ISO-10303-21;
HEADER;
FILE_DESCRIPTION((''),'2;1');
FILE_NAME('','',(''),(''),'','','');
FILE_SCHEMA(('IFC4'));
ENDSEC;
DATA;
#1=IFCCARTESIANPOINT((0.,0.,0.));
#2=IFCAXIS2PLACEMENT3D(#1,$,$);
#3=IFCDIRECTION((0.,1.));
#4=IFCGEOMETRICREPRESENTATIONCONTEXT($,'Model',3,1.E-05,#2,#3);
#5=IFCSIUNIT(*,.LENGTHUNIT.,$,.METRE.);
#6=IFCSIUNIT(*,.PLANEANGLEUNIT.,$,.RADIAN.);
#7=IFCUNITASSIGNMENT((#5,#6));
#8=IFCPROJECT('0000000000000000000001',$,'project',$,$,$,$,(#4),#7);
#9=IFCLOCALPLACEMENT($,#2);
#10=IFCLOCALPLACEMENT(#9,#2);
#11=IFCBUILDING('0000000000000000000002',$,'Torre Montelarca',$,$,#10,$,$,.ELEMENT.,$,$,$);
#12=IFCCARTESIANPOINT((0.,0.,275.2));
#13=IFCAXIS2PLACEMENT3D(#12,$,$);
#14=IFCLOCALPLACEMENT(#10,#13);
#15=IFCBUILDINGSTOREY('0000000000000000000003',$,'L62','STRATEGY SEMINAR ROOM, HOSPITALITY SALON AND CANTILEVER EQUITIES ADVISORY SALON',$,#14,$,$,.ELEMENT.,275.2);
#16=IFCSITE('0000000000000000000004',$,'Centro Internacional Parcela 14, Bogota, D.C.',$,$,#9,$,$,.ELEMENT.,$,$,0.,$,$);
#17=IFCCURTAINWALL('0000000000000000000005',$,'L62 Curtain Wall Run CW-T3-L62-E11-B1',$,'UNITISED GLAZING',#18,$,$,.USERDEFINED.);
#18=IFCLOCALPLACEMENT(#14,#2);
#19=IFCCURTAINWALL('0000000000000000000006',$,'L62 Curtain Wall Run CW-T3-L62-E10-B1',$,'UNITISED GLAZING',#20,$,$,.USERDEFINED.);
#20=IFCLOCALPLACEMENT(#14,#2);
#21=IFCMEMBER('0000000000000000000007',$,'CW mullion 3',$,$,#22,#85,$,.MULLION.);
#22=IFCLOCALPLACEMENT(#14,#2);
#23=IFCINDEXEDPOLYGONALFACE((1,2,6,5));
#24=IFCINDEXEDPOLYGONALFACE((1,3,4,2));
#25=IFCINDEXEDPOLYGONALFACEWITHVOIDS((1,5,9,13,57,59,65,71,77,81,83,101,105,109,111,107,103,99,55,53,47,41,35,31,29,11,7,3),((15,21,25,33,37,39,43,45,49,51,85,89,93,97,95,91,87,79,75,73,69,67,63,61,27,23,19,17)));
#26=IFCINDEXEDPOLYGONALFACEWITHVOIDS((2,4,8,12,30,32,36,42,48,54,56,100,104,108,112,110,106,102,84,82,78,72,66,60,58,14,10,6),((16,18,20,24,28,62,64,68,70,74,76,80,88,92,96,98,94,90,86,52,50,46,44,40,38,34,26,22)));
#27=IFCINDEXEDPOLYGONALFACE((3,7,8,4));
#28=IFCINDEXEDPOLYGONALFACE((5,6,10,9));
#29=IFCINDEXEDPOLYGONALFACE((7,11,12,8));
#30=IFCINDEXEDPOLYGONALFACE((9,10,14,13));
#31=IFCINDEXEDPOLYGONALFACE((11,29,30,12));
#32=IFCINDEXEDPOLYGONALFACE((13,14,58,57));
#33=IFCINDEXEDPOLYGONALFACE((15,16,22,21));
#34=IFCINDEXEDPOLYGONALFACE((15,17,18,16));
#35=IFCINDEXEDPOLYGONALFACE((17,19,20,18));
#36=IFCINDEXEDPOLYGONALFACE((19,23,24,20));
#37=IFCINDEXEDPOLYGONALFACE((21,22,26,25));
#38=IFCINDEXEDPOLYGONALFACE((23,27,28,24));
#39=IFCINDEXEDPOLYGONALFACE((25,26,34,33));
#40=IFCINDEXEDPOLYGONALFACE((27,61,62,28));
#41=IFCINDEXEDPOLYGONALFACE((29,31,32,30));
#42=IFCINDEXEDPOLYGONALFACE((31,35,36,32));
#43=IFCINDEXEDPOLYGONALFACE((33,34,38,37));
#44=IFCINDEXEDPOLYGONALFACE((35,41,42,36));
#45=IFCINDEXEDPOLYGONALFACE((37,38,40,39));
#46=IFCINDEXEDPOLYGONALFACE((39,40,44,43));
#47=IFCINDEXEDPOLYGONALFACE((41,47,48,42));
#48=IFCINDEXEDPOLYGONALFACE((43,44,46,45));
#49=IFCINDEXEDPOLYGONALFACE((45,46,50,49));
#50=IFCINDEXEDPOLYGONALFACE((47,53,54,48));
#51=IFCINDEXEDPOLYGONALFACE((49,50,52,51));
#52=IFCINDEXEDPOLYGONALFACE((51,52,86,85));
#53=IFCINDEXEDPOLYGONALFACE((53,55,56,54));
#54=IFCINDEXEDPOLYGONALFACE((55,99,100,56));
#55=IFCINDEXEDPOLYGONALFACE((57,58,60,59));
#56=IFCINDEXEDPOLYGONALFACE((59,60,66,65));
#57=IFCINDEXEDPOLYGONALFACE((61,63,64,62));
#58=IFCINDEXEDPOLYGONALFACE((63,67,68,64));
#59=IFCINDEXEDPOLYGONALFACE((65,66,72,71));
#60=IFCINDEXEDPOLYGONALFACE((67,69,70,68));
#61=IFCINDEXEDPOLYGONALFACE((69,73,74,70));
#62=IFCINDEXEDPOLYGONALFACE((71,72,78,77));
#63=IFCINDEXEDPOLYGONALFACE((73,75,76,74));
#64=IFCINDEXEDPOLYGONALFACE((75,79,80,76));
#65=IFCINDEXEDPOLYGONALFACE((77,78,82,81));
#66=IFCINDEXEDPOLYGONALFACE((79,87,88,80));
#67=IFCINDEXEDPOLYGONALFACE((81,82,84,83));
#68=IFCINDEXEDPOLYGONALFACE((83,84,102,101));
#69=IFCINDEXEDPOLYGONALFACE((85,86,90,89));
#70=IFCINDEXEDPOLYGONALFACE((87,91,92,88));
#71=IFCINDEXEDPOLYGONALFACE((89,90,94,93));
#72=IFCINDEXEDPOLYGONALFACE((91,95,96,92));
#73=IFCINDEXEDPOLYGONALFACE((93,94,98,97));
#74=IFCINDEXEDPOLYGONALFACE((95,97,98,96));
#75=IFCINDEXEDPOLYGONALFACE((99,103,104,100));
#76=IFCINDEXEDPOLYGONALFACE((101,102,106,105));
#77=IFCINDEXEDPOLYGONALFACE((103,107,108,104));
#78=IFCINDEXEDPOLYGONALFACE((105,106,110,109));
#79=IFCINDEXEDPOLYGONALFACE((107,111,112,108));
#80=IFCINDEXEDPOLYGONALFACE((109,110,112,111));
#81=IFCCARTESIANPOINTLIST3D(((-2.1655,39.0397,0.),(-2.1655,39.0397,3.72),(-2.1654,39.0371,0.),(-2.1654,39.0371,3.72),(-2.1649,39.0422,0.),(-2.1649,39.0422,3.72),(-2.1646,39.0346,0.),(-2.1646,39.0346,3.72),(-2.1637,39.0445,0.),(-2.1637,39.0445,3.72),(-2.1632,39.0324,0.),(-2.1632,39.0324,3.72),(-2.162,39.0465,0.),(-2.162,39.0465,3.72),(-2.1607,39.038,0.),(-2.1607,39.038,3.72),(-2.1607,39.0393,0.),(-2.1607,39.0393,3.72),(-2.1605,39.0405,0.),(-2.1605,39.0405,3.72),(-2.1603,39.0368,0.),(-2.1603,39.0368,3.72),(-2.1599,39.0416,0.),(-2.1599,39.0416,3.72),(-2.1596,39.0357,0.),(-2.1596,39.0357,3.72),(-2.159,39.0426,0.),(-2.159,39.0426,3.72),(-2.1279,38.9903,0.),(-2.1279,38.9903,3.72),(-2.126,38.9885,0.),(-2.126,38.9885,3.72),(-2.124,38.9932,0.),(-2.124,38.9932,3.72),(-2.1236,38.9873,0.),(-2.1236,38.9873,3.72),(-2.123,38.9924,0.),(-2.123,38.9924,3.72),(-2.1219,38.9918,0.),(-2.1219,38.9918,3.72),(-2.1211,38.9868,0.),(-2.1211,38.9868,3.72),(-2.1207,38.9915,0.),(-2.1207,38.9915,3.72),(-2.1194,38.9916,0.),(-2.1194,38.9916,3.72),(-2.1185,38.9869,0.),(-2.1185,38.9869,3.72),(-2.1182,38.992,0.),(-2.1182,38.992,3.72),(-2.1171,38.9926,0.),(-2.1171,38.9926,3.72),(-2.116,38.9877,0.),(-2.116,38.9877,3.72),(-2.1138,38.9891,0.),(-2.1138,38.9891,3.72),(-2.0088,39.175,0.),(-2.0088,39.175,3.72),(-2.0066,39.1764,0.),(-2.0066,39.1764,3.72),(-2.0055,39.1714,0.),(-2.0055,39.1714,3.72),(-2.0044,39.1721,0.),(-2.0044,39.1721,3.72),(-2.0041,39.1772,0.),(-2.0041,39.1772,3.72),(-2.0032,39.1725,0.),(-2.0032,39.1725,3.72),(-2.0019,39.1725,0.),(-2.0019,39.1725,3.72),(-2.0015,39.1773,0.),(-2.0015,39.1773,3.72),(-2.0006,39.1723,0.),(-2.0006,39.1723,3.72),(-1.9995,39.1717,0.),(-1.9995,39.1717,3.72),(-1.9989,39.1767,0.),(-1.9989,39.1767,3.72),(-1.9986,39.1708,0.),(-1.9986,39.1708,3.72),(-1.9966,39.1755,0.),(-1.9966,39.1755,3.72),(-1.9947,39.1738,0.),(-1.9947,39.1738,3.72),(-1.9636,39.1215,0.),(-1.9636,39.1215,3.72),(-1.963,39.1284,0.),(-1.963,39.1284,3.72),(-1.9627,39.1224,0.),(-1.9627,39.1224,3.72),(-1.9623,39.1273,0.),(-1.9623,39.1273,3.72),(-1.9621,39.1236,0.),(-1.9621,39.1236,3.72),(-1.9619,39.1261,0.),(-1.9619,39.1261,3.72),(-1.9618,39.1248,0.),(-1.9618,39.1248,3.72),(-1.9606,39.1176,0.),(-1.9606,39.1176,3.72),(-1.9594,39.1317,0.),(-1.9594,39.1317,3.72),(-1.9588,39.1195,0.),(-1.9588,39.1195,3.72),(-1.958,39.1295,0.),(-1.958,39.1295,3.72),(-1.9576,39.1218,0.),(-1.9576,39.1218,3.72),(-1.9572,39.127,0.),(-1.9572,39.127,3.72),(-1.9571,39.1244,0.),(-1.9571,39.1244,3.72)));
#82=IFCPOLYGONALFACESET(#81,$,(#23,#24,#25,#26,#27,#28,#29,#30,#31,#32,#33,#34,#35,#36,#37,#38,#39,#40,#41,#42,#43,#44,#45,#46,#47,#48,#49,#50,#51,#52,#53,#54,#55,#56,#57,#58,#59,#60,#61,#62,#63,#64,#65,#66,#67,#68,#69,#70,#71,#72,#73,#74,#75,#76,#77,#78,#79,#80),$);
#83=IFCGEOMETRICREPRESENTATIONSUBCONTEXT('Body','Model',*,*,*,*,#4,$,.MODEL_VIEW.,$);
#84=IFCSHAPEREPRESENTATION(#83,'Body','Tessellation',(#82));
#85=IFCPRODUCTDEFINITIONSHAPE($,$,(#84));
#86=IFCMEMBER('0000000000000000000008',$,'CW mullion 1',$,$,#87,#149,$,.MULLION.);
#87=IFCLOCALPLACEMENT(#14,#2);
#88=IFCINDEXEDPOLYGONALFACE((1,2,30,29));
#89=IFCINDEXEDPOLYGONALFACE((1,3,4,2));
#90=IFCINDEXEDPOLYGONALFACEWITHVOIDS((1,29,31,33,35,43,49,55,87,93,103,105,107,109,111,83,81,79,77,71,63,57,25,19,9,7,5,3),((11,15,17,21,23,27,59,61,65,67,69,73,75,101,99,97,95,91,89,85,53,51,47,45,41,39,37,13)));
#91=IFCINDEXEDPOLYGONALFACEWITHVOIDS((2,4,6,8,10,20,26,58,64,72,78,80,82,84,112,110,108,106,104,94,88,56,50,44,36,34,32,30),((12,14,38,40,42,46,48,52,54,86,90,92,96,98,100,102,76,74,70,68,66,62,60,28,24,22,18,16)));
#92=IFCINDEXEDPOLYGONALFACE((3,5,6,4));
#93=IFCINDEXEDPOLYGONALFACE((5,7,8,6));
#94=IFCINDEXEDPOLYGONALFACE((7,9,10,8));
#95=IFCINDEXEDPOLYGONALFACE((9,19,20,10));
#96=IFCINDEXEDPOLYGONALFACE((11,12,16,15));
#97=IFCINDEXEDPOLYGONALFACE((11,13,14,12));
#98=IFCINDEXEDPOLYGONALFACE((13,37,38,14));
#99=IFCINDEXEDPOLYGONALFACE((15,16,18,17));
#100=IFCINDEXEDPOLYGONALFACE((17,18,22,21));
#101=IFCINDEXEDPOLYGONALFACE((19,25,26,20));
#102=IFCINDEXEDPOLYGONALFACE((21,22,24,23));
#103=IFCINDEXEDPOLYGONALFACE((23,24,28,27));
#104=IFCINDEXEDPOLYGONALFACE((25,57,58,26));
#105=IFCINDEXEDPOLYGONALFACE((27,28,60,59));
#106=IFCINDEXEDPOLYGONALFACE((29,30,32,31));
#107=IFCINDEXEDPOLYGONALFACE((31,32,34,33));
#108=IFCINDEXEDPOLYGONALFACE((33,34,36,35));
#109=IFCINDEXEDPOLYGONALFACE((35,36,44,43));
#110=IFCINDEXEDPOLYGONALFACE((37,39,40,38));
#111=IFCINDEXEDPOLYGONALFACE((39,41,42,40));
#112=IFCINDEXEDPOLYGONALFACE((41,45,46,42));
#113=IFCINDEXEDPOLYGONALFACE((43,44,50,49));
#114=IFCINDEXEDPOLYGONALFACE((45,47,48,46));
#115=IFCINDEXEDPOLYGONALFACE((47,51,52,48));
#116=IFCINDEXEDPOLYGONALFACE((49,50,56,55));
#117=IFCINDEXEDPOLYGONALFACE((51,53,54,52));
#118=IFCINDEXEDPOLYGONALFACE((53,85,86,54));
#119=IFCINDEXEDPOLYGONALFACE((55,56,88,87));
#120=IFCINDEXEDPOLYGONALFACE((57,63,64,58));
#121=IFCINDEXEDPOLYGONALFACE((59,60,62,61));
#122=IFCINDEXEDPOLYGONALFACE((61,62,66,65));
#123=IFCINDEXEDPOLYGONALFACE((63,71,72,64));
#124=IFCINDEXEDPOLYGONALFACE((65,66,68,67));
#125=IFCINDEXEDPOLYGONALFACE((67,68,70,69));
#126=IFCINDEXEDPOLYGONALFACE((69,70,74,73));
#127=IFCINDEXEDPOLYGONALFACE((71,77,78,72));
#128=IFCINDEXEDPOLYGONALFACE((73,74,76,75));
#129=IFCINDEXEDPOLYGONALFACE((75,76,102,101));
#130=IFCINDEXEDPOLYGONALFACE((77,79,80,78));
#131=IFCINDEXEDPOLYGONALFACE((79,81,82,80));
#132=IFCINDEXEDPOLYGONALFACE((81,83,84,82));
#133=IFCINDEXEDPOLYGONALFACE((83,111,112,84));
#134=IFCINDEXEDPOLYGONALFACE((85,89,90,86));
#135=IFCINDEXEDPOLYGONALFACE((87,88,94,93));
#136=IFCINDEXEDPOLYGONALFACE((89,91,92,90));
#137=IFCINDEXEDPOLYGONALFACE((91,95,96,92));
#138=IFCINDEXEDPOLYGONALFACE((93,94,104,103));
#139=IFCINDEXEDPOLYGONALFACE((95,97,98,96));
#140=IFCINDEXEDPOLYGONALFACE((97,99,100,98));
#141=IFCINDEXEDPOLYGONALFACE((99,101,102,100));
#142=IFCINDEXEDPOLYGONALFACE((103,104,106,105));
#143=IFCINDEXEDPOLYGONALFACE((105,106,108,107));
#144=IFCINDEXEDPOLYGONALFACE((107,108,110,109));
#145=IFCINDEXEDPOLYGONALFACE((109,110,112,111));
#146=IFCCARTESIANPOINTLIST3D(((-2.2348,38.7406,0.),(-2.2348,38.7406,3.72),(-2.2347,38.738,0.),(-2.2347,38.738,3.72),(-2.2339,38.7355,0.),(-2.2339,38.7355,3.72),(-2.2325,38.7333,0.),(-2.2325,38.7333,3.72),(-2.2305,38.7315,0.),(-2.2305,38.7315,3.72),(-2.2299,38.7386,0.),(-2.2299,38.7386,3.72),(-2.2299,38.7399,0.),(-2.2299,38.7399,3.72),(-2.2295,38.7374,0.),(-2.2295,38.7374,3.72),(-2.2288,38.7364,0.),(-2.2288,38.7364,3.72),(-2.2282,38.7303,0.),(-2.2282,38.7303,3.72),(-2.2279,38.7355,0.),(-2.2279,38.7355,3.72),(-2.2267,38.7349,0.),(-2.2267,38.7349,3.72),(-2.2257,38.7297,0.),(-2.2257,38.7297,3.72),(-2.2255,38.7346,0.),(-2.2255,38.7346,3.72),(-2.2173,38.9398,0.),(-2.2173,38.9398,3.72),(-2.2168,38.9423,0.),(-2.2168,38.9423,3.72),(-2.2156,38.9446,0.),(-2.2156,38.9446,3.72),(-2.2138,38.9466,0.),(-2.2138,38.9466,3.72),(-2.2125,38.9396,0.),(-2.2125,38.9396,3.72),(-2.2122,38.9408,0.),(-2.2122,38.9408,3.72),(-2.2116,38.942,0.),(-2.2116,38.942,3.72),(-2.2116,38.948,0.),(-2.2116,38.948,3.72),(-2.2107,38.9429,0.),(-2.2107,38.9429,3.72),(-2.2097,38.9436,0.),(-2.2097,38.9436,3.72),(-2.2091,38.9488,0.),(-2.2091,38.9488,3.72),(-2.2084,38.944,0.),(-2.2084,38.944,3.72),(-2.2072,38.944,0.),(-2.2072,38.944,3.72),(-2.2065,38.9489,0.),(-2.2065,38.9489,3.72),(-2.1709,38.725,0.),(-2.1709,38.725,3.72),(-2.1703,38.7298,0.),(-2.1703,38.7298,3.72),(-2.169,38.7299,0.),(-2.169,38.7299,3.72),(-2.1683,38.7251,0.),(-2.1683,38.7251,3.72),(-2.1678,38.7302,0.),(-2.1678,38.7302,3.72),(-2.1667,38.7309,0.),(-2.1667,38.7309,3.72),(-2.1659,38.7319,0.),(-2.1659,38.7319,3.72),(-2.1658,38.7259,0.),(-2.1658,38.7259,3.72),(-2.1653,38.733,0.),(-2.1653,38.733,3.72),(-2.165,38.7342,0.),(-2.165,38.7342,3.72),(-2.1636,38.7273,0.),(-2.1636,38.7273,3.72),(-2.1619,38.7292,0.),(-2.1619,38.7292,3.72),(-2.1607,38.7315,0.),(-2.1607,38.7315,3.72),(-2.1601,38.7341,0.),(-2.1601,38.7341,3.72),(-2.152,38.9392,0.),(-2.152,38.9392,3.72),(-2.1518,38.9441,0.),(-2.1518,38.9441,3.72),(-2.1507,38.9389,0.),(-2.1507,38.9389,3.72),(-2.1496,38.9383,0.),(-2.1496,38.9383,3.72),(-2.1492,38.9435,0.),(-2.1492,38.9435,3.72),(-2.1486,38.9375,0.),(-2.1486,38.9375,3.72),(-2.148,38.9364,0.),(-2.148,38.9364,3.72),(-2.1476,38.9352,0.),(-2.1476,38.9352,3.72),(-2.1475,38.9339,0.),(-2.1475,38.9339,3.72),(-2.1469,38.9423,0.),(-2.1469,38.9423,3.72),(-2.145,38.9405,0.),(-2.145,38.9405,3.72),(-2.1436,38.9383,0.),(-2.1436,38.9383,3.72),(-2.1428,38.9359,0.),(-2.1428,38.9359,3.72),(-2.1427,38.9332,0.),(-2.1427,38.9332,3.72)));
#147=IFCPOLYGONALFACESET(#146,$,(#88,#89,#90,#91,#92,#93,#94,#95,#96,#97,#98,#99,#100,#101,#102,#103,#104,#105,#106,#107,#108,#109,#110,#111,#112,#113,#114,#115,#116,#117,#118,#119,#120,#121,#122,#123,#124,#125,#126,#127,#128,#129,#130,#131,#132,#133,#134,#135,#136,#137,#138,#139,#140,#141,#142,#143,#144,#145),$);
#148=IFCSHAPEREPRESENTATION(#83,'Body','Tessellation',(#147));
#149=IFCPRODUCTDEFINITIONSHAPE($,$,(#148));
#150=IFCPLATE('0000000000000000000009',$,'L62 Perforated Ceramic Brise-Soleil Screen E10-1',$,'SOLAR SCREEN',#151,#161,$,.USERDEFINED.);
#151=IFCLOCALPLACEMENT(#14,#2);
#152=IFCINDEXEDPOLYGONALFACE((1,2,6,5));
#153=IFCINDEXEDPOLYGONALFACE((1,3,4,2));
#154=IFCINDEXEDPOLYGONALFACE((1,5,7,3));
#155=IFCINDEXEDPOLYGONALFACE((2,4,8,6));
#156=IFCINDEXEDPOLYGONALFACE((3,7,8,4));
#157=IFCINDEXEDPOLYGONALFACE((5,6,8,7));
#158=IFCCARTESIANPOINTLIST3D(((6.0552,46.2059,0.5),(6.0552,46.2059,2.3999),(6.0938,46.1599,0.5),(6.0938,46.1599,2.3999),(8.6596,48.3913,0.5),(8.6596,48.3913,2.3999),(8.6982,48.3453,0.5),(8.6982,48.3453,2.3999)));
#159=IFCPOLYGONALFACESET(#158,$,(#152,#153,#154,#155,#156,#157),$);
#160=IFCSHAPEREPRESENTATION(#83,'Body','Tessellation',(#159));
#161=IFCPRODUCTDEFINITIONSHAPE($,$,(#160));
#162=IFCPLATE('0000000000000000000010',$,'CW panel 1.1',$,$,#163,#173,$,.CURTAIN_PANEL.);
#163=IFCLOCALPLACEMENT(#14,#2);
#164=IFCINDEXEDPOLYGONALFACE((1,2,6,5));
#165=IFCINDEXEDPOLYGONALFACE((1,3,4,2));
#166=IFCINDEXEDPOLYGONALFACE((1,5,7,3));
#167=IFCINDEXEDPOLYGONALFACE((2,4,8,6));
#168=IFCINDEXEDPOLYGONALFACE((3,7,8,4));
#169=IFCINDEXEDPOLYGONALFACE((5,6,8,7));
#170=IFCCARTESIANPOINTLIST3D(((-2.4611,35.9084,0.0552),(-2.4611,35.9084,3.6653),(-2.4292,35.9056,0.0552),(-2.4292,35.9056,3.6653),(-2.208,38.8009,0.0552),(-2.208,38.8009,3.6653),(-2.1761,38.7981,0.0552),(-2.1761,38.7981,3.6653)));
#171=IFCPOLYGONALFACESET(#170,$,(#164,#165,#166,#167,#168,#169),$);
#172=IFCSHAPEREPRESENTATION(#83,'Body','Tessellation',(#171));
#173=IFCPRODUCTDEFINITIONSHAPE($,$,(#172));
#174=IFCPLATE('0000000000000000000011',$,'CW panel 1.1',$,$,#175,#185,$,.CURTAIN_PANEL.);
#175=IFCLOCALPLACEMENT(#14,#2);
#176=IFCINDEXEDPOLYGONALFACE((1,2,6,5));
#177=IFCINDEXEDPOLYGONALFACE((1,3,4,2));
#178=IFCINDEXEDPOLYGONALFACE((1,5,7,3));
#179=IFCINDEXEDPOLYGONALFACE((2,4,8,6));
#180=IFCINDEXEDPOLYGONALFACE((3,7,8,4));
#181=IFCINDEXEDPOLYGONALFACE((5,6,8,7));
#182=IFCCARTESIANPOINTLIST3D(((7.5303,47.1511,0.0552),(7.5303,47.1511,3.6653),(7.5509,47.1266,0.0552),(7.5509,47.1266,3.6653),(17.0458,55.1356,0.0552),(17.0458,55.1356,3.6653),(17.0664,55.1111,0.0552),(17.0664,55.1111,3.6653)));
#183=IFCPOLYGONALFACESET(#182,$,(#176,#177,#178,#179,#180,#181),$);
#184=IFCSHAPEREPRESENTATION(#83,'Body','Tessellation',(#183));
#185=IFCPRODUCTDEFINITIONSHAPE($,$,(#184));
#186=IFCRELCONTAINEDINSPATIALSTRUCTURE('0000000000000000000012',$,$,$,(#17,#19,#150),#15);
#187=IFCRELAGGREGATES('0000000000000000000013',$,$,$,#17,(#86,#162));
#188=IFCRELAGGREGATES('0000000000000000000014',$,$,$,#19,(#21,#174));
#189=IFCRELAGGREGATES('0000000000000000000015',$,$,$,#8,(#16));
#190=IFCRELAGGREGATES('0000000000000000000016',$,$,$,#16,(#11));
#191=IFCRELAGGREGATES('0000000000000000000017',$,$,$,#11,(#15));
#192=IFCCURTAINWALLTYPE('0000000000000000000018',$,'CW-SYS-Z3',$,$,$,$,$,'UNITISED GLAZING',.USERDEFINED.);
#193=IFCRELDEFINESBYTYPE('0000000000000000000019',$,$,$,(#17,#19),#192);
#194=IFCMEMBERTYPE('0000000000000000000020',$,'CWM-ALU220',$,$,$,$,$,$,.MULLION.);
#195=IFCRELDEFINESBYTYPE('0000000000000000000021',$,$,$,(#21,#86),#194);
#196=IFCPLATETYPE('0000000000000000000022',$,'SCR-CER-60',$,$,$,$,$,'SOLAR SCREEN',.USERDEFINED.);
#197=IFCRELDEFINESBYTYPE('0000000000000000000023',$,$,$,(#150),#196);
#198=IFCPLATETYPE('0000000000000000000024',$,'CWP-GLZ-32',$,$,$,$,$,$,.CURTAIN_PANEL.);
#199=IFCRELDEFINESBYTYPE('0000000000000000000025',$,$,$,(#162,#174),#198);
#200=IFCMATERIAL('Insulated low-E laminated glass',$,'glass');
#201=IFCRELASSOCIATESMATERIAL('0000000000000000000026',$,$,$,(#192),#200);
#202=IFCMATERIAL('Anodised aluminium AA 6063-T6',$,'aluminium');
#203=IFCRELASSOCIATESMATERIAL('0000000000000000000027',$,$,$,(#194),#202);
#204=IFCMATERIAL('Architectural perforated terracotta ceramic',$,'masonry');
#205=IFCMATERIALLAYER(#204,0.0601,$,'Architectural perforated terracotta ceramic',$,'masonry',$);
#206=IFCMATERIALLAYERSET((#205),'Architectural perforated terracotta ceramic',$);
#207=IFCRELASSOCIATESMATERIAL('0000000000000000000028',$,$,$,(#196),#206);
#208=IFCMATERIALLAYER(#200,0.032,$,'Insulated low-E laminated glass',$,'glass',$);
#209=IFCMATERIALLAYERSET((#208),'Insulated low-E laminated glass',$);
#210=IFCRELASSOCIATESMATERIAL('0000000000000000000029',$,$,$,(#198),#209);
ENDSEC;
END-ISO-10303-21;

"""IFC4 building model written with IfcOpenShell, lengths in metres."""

from ifc_helpers import new_model, si_unit, direction, frame, origin, origin_2d, place, context, subcontext, project, spatial, rectangle, hollow_rectangle, extrude, source, transform, mapped, material, layer, layer_set, material_profile, profile_set, type_object, element, aggregate, save


model = new_model("IFC4")

# Units and contexts
model_context = context("Model", 3, precision=1e-05, world=origin(), true_north=direction((0.0, 1.0)))
body_context = subcontext(model_context, "Body", "Model", "MODEL_VIEW")
ifc_project = project(units=[si_unit("LENGTHUNIT", "METRE"), si_unit("PLANEANGLEUNIT", "RADIAN")], contexts=[model_context])

# Site, building, storey
site_placement = place(None, origin())
site = spatial("IfcSite", under=ifc_project, at=site_placement, Name="Centro Internacional Parcela 14, Bogota, D.C.", CompositionType="ELEMENT", RefElevation=0.0)
building_placement = place(site_placement, origin())
building = spatial("IfcBuilding", under=site, at=building_placement, Name="Torre Montelarca", CompositionType="ELEMENT")
storey_placement = place(building_placement, frame((0.0, 0.0, 275.2)))
storey = spatial("IfcBuildingStorey", under=building, at=storey_placement, Name="L62", Description="STRATEGY SEMINAR ROOM, HOSPITALITY SALON AND CANTILEVER EQUITIES ADVISORY SALON", CompositionType="ELEMENT", Elevation=275.2)

# Curtain walls, member
ifc_material_1 = material(Name="Insulated low-E laminated glass", Category="glass")
curtain_wall_type = type_object("IfcCurtainWallType", Name="CW-SYS-Z3", ElementType="UNITISED GLAZING", PredefinedType="USERDEFINED", material=ifc_material_1)
curtain_wall_1_placement = place(storey_placement, origin())
curtain_wall_1 = element("IfcCurtainWall", 1, at=curtain_wall_1_placement, inside=storey, type_object=curtain_wall_type, Name="L62 Curtain Wall Run CW-T3-L62-E11-B1", ObjectType="UNITISED GLAZING", PredefinedType="USERDEFINED")
ifc_material_2 = material(Name="Anodised aluminium AA 6063-T6", Category="aluminium")
curtain_wall_2_placement = place(storey_placement, origin())
curtain_wall_2 = element("IfcCurtainWall", 2, at=curtain_wall_2_placement, inside=storey, type_object=curtain_wall_type, Name="L62 Curtain Wall Run CW-T3-L62-E10-B1", ObjectType="UNITISED GLAZING", PredefinedType="USERDEFINED")
ifc_material_profile_1 = material_profile(ifc_material_2, hollow_rectangle(XDim=0.075, YDim=0.22, WallThickness=0.0049, InnerFilletRadius=0.0049, OuterFilletRadius=0.01, at=origin_2d()), Name="ALU75X220X5", Category="aluminium")
ifc_profile_set_1 = profile_set([ifc_material_profile_1], Name="Anodised aluminium AA 6063-T6")
member_type_1 = type_object("IfcMemberType", Name="CWM-ALU220", PredefinedType="MULLION", material=ifc_profile_set_1)
shared_shape_1 = source(origin(), body_context, "Body", "SweptSolid", [
    extrude(hollow_rectangle(XDim=0.075, YDim=0.22, WallThickness=0.0049, InnerFilletRadius=0.0049, OuterFilletRadius=0.01, at=origin_2d()), origin(), (0.0, 0.0, 1.0), 3.72),
])
member_1_placement = place(storey_placement, frame((-2.0613, 39.082, 0.0), z_axis=(0.0, 0.0, 1.0), x_axis=(0.642788, -0.766044, 0.0)))
member_1 = element("IfcMember", 3, at=member_1_placement, type_object=member_type_1, Name="CW mullion 3", PredefinedType="MULLION", context=body_context, shape_type="MappedRepresentation", body=[
    mapped(shared_shape_1, transform((0.0, 0.0, 0.0), scale=1.0)),
])

# Member
member_2_placement = place(storey_placement, frame((-2.1887, 38.8369, 0.0), z_axis=(0.0, 0.0, 1.0), x_axis=(0.996192, -0.087183, 0.0)))
member_2 = element("IfcMember", 4, at=member_2_placement, type_object=member_type_1, Name="CW mullion 1", PredefinedType="MULLION", context=body_context, shape_type="MappedRepresentation", body=[
    mapped(shared_shape_1, transform((0.0, 0.0, 0.0), scale=1.0)),
])

# Plates
ifc_material_3 = material(Name="Architectural perforated terracotta ceramic", Category="masonry")
ifc_layer_1 = layer(ifc_material_3, 0.0601, Name="Architectural perforated terracotta ceramic", Category="masonry")
ifc_layer_set_1 = layer_set([ifc_layer_1], Name="Architectural perforated terracotta ceramic")
plate_type_1 = type_object("IfcPlateType", Name="SCR-CER-60", ElementType="SOLAR SCREEN", PredefinedType="USERDEFINED", material=ifc_layer_set_1)
shared_shape_2 = source(origin(), body_context, "Body", "SweptSolid", [
    extrude(rectangle(XDim=3.3999, YDim=0.0601, at=origin_2d()), origin(), (0.0, 0.0, 1.0), 1.8999),
])
plate_1_placement = place(storey_placement, frame((7.3767, 47.2756, 0.5), z_axis=(0.0, 0.0, 1.0), x_axis=(-0.766044, -0.642788, 0.0)))
element("IfcPlate", 5, at=plate_1_placement, inside=storey, type_object=plate_type_1, Name="L62 Perforated Ceramic Brise-Soleil Screen E10-1", ObjectType="SOLAR SCREEN", PredefinedType="USERDEFINED", context=body_context, shape_type="MappedRepresentation", body=[
    mapped(shared_shape_2, transform((0.0, 0.0, 0.0), scale=1.0)),
])
ifc_layer_2 = layer(ifc_material_1, 0.032, Name="Insulated low-E laminated glass", Category="glass")
ifc_layer_set_2 = layer_set([ifc_layer_2], Name="Insulated low-E laminated glass")
plate_type_2 = type_object("IfcPlateType", Name="CWP-GLZ-32", PredefinedType="CURTAIN_PANEL", material=ifc_layer_set_2)
shared_shape_3 = source(origin(), body_context, "Body", "SweptSolid", [
    extrude(rectangle(XDim=2.9036, YDim=0.032, at=origin_2d()), origin(), (0.0, 0.0, 1.0), 3.6101),
])
plate_2_placement = place(storey_placement, frame((-2.3186, 37.3533, 0.0552), z_axis=(0.0, 0.0, 1.0), x_axis=(-0.087183, -0.996192, 0.0)))
plate_2 = element("IfcPlate", 6, at=plate_2_placement, type_object=plate_type_2, Name="CW panel 1.1", PredefinedType="CURTAIN_PANEL", context=body_context, shape_type="MappedRepresentation", body=[
    mapped(shared_shape_3, transform((0.0, 0.0, 0.0), scale=1.0)),
])
aggregate(curtain_wall_1, [member_2, plate_2])
shared_shape_4 = source(origin(), body_context, "Body", "SweptSolid", [
    extrude(rectangle(XDim=12.4216, YDim=0.032, at=origin_2d()), origin(), (0.0, 0.0, 1.0), 3.6101),
])
plate_3_placement = place(storey_placement, frame((12.2983, 51.1311, 0.0552), z_axis=(0.0, 0.0, 1.0), x_axis=(-0.766044, -0.642788, 0.0)))
plate_3 = element("IfcPlate", 7, at=plate_3_placement, type_object=plate_type_2, Name="CW panel 1.1", PredefinedType="CURTAIN_PANEL", context=body_context, shape_type="MappedRepresentation", body=[
    mapped(shared_shape_4, transform((0.0, 0.0, 0.0), scale=1.0)),
])
aggregate(curtain_wall_2, [member_1, plate_3])

save(model, "model.ifc")
